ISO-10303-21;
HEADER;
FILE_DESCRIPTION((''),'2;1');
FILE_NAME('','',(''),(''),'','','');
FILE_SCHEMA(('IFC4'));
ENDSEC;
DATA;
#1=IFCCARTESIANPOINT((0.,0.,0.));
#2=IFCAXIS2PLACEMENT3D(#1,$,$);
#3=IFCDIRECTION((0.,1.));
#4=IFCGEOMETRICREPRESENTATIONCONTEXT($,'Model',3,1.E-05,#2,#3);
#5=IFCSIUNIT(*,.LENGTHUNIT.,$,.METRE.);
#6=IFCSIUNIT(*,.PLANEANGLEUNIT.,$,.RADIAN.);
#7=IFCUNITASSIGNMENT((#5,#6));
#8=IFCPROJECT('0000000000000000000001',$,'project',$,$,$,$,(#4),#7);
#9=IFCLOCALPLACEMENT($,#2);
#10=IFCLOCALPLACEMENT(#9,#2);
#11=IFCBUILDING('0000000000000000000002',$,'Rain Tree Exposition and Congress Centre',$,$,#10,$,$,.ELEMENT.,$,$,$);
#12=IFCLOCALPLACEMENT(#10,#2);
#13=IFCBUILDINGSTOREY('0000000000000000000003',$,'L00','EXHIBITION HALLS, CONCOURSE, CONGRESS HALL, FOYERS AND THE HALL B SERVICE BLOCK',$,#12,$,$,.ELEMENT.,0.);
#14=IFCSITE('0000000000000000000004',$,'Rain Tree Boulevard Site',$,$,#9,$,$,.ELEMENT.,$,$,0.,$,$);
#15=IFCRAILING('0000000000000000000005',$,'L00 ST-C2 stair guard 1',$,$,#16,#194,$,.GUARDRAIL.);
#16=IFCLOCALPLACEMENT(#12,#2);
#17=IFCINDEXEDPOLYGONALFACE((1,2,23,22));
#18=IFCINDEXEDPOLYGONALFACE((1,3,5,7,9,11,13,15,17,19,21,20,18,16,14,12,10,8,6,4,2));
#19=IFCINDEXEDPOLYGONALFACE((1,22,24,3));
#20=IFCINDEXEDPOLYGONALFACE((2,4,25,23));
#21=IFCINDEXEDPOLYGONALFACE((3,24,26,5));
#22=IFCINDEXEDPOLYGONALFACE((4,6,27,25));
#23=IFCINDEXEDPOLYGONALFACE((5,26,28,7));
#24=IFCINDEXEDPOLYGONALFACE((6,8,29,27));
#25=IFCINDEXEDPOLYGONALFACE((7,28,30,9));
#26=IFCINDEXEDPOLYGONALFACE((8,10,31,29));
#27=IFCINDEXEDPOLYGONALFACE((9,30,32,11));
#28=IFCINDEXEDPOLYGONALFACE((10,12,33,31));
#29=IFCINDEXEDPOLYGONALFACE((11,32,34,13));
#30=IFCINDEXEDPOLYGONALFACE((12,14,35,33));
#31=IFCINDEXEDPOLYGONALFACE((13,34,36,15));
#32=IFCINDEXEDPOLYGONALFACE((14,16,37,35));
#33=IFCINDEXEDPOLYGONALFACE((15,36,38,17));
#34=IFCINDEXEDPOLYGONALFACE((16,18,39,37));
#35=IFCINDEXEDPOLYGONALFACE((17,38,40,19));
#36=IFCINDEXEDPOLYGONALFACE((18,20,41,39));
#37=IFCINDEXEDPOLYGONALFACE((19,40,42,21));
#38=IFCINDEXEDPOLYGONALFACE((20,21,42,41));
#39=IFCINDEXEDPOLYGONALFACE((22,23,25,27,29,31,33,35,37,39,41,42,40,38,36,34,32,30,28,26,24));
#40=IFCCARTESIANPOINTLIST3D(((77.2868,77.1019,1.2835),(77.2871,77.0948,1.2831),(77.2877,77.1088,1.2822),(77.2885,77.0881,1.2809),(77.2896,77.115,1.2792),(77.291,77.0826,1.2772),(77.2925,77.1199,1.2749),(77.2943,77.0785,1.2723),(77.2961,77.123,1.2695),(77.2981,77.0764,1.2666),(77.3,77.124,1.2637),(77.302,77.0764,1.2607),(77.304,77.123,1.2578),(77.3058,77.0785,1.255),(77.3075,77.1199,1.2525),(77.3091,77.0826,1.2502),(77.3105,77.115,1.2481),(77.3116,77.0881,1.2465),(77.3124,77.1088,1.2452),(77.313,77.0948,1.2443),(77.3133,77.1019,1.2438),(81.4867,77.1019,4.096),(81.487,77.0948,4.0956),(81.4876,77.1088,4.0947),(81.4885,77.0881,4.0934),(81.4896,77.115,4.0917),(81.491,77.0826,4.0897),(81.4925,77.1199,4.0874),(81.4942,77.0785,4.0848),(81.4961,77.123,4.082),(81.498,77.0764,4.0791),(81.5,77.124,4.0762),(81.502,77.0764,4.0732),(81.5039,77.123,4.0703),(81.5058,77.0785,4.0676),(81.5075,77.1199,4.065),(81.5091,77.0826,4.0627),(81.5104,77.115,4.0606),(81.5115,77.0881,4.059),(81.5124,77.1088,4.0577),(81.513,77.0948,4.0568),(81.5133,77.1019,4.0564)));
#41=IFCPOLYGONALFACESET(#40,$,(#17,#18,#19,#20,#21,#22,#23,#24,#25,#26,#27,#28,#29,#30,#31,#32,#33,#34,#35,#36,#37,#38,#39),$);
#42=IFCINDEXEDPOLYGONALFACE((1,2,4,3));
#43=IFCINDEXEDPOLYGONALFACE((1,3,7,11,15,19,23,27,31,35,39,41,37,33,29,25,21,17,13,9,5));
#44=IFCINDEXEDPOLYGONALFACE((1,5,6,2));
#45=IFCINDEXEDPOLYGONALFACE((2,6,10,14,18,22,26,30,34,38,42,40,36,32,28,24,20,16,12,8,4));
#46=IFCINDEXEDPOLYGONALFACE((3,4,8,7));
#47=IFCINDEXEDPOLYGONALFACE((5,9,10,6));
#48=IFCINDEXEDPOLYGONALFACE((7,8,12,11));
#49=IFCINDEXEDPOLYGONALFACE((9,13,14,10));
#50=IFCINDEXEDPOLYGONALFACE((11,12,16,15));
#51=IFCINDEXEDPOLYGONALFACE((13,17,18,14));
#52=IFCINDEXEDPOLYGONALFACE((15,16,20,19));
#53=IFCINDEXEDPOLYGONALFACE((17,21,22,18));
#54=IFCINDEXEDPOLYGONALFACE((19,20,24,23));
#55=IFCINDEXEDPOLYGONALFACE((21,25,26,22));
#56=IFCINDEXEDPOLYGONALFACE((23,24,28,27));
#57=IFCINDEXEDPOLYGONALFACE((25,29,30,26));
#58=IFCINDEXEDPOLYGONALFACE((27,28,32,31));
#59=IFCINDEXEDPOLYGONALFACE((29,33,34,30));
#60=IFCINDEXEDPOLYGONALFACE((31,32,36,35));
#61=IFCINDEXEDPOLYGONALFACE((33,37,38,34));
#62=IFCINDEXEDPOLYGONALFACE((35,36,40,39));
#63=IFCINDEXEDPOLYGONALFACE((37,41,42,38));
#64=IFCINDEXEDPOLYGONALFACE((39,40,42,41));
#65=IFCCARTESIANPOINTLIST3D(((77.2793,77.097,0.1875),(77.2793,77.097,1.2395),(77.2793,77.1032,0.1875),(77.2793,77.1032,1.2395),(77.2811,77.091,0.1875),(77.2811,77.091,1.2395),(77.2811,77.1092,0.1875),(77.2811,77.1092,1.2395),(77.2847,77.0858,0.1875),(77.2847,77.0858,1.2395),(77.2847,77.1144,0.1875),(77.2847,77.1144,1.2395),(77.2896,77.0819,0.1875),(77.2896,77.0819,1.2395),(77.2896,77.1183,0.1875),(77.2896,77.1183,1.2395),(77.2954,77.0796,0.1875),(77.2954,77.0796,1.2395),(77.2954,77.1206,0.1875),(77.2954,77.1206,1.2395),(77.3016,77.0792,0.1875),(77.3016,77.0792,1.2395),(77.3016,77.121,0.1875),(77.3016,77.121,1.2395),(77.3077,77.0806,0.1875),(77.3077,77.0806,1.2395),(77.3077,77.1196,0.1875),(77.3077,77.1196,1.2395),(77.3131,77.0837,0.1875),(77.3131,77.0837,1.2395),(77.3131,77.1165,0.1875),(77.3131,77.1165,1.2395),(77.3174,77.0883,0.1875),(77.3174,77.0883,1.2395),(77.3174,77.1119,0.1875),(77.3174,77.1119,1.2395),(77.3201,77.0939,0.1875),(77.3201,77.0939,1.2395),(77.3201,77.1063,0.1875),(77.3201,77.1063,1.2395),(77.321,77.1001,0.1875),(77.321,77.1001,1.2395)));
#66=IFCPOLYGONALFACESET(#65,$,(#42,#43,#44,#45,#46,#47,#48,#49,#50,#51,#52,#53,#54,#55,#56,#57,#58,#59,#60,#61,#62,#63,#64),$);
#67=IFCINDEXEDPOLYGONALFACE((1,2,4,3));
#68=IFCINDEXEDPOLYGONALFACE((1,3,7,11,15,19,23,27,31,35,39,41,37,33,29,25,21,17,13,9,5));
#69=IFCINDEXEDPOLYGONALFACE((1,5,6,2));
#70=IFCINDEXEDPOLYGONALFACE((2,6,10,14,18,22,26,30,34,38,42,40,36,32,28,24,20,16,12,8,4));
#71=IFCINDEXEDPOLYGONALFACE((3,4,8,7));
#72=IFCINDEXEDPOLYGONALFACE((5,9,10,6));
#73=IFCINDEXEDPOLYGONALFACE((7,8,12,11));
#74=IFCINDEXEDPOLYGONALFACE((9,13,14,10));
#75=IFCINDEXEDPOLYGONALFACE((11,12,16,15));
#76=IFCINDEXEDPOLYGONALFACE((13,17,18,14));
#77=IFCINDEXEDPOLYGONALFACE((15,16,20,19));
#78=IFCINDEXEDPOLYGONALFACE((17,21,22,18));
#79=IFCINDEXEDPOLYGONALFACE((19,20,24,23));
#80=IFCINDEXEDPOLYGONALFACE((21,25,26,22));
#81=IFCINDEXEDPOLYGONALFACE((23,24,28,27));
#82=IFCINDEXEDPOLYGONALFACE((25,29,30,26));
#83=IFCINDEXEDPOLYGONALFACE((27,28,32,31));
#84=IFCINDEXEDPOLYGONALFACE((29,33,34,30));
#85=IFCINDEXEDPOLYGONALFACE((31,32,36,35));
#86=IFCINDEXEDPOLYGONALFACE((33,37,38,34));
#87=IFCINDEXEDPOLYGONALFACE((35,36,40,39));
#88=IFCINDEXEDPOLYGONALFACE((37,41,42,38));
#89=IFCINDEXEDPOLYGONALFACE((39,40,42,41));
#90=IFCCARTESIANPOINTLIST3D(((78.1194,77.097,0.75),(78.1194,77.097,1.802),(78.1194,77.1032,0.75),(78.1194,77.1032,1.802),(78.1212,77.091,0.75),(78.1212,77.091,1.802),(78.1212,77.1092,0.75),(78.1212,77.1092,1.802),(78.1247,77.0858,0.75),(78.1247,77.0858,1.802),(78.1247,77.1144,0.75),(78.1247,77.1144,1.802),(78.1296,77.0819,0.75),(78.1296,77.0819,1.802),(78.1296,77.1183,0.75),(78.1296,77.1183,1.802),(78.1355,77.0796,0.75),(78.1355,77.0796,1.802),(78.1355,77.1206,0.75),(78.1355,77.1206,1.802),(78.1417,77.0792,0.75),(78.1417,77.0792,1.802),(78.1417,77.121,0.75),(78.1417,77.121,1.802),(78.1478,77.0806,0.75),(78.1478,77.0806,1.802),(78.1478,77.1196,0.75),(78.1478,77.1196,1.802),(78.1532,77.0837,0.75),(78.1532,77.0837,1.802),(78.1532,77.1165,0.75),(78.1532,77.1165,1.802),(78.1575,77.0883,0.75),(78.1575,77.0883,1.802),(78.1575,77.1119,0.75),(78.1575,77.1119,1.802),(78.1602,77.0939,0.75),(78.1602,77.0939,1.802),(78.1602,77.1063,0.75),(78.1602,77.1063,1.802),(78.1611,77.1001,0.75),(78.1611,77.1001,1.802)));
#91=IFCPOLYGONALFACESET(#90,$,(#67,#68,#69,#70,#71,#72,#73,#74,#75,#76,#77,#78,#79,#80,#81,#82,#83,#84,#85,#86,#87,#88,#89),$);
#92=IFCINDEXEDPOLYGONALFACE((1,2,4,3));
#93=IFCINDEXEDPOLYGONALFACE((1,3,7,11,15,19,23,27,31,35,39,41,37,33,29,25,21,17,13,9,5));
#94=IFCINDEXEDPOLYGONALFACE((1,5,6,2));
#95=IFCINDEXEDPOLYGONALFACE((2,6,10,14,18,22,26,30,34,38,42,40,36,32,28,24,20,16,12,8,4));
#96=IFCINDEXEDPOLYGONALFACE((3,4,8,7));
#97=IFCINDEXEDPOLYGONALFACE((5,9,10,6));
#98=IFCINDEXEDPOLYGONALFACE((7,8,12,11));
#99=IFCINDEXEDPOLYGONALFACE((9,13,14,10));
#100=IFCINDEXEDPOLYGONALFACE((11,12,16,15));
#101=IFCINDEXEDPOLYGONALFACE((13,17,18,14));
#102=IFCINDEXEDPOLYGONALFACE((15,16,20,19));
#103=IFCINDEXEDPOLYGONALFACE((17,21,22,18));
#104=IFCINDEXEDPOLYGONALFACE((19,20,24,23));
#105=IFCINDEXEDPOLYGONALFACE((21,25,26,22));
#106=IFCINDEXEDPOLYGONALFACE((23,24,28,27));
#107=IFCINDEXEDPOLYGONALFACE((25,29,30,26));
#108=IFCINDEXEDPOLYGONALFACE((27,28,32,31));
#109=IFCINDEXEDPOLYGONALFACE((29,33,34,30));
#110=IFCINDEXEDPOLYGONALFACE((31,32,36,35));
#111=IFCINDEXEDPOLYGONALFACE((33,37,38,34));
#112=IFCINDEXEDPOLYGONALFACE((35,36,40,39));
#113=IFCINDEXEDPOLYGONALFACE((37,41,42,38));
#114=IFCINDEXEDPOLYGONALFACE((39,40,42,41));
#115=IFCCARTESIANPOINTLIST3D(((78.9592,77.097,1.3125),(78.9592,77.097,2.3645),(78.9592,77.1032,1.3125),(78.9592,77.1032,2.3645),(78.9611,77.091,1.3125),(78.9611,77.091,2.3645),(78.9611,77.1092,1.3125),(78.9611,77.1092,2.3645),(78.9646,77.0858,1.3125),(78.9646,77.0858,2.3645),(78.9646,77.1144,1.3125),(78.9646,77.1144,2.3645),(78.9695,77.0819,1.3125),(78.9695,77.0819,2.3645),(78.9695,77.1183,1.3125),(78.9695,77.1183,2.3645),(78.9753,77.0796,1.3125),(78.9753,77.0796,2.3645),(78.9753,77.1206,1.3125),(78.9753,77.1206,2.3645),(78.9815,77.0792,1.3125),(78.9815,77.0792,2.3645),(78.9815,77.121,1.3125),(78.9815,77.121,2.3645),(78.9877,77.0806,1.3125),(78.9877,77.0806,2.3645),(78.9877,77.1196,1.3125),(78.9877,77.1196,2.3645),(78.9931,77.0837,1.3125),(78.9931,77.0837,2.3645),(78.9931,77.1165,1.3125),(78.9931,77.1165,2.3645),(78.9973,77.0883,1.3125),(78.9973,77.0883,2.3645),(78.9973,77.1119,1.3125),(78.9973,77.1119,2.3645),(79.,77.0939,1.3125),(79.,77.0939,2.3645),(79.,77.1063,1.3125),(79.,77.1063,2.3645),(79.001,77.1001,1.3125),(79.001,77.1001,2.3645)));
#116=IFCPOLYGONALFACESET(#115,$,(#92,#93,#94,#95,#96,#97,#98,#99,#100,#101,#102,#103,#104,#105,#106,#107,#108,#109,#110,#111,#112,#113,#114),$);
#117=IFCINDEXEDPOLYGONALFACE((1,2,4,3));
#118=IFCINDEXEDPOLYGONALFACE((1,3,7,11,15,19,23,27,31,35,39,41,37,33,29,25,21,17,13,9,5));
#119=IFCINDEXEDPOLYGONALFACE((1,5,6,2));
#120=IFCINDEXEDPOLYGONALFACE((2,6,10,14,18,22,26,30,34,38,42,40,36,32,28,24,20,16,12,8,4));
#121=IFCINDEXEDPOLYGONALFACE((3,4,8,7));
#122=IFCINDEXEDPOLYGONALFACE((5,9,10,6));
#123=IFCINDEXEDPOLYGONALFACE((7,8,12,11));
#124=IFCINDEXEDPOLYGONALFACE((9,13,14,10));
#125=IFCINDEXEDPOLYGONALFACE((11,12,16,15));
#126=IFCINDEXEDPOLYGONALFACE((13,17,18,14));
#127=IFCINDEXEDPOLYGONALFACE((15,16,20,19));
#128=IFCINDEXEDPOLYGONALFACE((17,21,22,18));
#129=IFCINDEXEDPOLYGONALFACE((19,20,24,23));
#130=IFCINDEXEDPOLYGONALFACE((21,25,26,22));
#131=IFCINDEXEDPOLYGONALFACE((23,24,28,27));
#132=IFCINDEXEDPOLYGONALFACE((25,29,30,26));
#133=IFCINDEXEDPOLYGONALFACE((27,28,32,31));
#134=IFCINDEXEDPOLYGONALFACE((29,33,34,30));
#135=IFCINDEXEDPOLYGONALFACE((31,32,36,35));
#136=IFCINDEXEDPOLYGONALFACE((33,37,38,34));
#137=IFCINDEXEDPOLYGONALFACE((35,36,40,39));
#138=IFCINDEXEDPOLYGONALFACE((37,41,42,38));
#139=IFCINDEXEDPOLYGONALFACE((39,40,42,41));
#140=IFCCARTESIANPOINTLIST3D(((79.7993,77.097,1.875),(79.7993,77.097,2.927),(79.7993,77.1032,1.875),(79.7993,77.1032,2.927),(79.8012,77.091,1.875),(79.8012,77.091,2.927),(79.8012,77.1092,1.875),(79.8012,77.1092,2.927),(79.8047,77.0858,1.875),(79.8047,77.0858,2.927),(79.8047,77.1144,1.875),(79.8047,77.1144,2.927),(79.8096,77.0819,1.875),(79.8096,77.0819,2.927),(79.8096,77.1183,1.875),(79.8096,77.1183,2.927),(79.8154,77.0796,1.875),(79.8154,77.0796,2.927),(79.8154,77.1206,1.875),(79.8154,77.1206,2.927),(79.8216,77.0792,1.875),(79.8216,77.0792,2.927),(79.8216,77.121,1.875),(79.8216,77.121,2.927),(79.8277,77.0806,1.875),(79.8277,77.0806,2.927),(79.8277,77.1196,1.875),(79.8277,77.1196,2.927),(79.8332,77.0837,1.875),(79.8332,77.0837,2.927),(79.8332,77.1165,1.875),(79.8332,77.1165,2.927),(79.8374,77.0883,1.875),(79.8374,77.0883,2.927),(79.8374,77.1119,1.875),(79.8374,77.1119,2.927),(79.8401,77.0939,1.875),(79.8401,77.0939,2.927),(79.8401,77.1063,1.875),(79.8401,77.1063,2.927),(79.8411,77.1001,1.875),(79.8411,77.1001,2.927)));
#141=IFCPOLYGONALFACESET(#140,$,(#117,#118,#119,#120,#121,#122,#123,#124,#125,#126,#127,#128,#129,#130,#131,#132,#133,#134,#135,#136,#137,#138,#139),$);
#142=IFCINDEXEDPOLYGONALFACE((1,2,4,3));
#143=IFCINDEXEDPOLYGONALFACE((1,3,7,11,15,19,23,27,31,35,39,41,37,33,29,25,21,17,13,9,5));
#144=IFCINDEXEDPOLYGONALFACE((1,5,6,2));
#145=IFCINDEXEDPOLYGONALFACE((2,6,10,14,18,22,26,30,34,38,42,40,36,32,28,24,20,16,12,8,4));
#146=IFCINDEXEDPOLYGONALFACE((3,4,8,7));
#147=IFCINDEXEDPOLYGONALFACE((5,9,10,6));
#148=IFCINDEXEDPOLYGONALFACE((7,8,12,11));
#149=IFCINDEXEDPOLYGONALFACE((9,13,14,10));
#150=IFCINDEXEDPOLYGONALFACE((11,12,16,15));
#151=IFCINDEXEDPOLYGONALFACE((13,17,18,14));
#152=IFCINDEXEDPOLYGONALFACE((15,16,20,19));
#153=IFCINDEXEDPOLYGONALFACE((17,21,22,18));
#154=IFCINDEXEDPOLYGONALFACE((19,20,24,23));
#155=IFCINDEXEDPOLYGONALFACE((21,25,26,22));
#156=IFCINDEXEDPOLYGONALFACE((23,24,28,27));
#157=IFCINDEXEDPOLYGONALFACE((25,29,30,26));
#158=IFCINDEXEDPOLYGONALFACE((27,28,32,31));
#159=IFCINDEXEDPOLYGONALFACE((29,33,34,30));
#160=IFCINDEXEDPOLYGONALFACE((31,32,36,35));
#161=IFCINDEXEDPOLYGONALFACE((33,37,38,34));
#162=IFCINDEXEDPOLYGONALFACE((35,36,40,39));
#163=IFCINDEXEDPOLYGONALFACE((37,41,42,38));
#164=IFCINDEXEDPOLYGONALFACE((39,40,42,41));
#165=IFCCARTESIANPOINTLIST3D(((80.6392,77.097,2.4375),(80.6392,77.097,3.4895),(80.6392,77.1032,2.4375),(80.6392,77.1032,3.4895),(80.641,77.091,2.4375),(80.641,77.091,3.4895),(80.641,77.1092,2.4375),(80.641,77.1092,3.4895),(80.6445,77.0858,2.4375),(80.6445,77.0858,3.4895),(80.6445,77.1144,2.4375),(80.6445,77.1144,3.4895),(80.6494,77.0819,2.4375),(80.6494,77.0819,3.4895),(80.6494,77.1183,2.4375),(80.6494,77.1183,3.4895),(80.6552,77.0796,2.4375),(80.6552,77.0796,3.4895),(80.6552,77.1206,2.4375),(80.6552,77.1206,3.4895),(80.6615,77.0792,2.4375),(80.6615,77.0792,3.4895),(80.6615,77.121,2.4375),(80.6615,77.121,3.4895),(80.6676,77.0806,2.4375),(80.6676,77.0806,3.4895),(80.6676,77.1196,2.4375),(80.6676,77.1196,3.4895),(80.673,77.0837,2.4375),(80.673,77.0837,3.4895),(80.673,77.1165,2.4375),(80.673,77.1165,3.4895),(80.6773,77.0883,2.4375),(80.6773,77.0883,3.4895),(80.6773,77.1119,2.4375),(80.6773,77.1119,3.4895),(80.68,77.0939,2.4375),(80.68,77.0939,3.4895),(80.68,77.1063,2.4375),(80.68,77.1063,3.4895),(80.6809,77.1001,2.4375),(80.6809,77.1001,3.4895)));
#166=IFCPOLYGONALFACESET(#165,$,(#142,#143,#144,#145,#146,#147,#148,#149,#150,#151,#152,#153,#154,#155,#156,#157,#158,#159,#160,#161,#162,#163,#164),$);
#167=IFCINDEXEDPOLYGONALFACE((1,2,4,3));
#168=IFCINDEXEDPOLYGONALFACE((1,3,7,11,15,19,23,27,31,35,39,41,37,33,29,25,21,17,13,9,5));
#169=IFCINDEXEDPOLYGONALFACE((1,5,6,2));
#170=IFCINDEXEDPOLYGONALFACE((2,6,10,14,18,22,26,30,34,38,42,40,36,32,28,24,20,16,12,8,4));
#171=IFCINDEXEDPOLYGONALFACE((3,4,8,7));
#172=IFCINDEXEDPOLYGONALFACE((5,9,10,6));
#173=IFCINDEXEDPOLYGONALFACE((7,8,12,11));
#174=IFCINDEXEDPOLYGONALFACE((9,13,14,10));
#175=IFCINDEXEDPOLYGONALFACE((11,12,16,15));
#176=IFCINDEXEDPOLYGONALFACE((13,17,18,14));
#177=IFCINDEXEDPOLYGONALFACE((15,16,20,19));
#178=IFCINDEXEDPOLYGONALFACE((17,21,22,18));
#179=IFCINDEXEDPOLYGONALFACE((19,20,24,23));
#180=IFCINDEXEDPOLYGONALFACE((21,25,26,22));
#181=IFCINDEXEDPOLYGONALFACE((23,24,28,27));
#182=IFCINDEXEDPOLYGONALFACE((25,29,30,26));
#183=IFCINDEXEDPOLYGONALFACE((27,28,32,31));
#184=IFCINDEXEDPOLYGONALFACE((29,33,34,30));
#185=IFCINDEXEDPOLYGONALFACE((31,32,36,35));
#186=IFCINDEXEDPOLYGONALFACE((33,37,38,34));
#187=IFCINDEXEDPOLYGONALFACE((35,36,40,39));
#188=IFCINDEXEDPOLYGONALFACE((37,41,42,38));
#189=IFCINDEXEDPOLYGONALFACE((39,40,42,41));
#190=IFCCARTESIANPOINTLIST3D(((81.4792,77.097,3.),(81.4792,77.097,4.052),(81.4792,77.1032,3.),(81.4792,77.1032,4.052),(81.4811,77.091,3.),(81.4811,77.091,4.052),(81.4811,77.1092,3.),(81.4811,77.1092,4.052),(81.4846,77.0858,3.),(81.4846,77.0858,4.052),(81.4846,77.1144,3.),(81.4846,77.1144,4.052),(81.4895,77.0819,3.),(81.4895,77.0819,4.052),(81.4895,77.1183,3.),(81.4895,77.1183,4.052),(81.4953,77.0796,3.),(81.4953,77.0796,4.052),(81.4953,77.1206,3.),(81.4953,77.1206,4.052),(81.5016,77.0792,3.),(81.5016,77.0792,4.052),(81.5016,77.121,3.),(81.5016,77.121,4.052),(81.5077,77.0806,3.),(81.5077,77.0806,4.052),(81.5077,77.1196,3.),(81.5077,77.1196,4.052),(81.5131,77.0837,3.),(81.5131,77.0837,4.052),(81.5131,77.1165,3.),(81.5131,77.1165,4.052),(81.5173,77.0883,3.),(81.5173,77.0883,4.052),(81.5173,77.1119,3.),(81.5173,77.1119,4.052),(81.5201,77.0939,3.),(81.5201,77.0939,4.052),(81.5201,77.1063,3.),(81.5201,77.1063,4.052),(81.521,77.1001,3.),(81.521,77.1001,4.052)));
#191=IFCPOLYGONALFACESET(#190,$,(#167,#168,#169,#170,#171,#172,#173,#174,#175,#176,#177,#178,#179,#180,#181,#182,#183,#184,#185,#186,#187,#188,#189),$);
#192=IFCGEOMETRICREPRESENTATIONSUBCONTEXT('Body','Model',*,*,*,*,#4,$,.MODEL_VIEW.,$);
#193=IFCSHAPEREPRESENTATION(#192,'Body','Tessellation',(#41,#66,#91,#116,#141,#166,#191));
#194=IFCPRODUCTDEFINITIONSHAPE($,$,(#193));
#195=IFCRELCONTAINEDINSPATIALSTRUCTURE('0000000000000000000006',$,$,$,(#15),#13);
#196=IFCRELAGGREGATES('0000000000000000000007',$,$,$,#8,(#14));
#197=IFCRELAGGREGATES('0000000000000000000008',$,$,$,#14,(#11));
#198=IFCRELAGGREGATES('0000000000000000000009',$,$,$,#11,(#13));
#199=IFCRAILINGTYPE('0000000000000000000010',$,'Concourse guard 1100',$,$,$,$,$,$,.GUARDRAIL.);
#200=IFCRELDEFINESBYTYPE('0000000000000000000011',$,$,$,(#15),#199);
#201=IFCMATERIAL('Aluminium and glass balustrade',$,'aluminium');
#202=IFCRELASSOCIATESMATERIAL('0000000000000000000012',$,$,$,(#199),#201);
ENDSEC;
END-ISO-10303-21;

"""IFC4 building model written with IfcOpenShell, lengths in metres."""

from ifc_helpers import new_model, si_unit, direction, frame, origin, origin_2d, place, context, subcontext, project, spatial, circle, extrude, material, type_object, element, save


model = new_model("IFC4")

# Units and contexts
model_context = context("Model", 3, precision=1e-05, world=origin(), true_north=direction((0.0, 1.0)))
body_context = subcontext(model_context, "Body", "Model", "MODEL_VIEW")
ifc_project = project(units=[si_unit("LENGTHUNIT", "METRE"), si_unit("PLANEANGLEUNIT", "RADIAN")], contexts=[model_context])

# Site, building, storey
site_placement = place(None, origin())
site = spatial("IfcSite", under=ifc_project, at=site_placement, Name="Rain Tree Boulevard Site", CompositionType="ELEMENT", RefElevation=0.0)
building_placement = place(site_placement, origin())
building = spatial("IfcBuilding", under=site, at=building_placement, Name="Rain Tree Exposition and Congress Centre", CompositionType="ELEMENT")
storey_placement = place(building_placement, origin())
storey = spatial("IfcBuildingStorey", under=building, at=storey_placement, Name="L00", Description="EXHIBITION HALLS, CONCOURSE, CONGRESS HALL, FOYERS AND THE HALL B SERVICE BLOCK", CompositionType="ELEMENT", Elevation=0.0)

# Railing
ifc_material_1 = material(Name="Aluminium and glass balustrade", Category="aluminium")
railing_type_1 = type_object("IfcRailingType", Name="Concourse guard 1100", PredefinedType="GUARDRAIL", material=ifc_material_1)
railing_1_placement = place(storey_placement, frame((77.3, 77.1001, 0.1875)))
element("IfcRailing", 1, at=railing_1_placement, inside=storey, type_object=railing_type_1, Name="L00 ST-C2 stair guard 1", PredefinedType="GUARDRAIL", context=body_context, shape_type="SweptSolid", body=[
    extrude(circle(Radius=0.0239, at=origin_2d()), frame((0.0, 0.0, 1.0762), z_axis=(0.830904, 0.0, 0.556416), x_axis=(0.0, 1.0, 0.0)), (0.0, 0.0, 1.0), 5.0547),
    extrude(circle(Radius=0.021, at=origin_2d()), origin(), (0.0, 0.0, 1.0), 1.052),
    extrude(circle(Radius=0.021, at=origin_2d()), frame((0.8401, 0.0, 0.5625)), (0.0, 0.0, 1.0), 1.052),
    extrude(circle(Radius=0.021, at=origin_2d()), frame((1.6799, 0.0, 1.125)), (0.0, 0.0, 1.0), 1.052),
    extrude(circle(Radius=0.021, at=origin_2d()), frame((2.52, 0.0, 1.6875)), (0.0, 0.0, 1.0), 1.052),
    extrude(circle(Radius=0.021, at=origin_2d()), frame((3.3599, 0.0, 2.25)), (0.0, 0.0, 1.0), 1.052),
    extrude(circle(Radius=0.021, at=origin_2d()), frame((4.2, 0.0, 2.8125)), (0.0, 0.0, 1.0), 1.052),
])

save(model, "model.ifc")
